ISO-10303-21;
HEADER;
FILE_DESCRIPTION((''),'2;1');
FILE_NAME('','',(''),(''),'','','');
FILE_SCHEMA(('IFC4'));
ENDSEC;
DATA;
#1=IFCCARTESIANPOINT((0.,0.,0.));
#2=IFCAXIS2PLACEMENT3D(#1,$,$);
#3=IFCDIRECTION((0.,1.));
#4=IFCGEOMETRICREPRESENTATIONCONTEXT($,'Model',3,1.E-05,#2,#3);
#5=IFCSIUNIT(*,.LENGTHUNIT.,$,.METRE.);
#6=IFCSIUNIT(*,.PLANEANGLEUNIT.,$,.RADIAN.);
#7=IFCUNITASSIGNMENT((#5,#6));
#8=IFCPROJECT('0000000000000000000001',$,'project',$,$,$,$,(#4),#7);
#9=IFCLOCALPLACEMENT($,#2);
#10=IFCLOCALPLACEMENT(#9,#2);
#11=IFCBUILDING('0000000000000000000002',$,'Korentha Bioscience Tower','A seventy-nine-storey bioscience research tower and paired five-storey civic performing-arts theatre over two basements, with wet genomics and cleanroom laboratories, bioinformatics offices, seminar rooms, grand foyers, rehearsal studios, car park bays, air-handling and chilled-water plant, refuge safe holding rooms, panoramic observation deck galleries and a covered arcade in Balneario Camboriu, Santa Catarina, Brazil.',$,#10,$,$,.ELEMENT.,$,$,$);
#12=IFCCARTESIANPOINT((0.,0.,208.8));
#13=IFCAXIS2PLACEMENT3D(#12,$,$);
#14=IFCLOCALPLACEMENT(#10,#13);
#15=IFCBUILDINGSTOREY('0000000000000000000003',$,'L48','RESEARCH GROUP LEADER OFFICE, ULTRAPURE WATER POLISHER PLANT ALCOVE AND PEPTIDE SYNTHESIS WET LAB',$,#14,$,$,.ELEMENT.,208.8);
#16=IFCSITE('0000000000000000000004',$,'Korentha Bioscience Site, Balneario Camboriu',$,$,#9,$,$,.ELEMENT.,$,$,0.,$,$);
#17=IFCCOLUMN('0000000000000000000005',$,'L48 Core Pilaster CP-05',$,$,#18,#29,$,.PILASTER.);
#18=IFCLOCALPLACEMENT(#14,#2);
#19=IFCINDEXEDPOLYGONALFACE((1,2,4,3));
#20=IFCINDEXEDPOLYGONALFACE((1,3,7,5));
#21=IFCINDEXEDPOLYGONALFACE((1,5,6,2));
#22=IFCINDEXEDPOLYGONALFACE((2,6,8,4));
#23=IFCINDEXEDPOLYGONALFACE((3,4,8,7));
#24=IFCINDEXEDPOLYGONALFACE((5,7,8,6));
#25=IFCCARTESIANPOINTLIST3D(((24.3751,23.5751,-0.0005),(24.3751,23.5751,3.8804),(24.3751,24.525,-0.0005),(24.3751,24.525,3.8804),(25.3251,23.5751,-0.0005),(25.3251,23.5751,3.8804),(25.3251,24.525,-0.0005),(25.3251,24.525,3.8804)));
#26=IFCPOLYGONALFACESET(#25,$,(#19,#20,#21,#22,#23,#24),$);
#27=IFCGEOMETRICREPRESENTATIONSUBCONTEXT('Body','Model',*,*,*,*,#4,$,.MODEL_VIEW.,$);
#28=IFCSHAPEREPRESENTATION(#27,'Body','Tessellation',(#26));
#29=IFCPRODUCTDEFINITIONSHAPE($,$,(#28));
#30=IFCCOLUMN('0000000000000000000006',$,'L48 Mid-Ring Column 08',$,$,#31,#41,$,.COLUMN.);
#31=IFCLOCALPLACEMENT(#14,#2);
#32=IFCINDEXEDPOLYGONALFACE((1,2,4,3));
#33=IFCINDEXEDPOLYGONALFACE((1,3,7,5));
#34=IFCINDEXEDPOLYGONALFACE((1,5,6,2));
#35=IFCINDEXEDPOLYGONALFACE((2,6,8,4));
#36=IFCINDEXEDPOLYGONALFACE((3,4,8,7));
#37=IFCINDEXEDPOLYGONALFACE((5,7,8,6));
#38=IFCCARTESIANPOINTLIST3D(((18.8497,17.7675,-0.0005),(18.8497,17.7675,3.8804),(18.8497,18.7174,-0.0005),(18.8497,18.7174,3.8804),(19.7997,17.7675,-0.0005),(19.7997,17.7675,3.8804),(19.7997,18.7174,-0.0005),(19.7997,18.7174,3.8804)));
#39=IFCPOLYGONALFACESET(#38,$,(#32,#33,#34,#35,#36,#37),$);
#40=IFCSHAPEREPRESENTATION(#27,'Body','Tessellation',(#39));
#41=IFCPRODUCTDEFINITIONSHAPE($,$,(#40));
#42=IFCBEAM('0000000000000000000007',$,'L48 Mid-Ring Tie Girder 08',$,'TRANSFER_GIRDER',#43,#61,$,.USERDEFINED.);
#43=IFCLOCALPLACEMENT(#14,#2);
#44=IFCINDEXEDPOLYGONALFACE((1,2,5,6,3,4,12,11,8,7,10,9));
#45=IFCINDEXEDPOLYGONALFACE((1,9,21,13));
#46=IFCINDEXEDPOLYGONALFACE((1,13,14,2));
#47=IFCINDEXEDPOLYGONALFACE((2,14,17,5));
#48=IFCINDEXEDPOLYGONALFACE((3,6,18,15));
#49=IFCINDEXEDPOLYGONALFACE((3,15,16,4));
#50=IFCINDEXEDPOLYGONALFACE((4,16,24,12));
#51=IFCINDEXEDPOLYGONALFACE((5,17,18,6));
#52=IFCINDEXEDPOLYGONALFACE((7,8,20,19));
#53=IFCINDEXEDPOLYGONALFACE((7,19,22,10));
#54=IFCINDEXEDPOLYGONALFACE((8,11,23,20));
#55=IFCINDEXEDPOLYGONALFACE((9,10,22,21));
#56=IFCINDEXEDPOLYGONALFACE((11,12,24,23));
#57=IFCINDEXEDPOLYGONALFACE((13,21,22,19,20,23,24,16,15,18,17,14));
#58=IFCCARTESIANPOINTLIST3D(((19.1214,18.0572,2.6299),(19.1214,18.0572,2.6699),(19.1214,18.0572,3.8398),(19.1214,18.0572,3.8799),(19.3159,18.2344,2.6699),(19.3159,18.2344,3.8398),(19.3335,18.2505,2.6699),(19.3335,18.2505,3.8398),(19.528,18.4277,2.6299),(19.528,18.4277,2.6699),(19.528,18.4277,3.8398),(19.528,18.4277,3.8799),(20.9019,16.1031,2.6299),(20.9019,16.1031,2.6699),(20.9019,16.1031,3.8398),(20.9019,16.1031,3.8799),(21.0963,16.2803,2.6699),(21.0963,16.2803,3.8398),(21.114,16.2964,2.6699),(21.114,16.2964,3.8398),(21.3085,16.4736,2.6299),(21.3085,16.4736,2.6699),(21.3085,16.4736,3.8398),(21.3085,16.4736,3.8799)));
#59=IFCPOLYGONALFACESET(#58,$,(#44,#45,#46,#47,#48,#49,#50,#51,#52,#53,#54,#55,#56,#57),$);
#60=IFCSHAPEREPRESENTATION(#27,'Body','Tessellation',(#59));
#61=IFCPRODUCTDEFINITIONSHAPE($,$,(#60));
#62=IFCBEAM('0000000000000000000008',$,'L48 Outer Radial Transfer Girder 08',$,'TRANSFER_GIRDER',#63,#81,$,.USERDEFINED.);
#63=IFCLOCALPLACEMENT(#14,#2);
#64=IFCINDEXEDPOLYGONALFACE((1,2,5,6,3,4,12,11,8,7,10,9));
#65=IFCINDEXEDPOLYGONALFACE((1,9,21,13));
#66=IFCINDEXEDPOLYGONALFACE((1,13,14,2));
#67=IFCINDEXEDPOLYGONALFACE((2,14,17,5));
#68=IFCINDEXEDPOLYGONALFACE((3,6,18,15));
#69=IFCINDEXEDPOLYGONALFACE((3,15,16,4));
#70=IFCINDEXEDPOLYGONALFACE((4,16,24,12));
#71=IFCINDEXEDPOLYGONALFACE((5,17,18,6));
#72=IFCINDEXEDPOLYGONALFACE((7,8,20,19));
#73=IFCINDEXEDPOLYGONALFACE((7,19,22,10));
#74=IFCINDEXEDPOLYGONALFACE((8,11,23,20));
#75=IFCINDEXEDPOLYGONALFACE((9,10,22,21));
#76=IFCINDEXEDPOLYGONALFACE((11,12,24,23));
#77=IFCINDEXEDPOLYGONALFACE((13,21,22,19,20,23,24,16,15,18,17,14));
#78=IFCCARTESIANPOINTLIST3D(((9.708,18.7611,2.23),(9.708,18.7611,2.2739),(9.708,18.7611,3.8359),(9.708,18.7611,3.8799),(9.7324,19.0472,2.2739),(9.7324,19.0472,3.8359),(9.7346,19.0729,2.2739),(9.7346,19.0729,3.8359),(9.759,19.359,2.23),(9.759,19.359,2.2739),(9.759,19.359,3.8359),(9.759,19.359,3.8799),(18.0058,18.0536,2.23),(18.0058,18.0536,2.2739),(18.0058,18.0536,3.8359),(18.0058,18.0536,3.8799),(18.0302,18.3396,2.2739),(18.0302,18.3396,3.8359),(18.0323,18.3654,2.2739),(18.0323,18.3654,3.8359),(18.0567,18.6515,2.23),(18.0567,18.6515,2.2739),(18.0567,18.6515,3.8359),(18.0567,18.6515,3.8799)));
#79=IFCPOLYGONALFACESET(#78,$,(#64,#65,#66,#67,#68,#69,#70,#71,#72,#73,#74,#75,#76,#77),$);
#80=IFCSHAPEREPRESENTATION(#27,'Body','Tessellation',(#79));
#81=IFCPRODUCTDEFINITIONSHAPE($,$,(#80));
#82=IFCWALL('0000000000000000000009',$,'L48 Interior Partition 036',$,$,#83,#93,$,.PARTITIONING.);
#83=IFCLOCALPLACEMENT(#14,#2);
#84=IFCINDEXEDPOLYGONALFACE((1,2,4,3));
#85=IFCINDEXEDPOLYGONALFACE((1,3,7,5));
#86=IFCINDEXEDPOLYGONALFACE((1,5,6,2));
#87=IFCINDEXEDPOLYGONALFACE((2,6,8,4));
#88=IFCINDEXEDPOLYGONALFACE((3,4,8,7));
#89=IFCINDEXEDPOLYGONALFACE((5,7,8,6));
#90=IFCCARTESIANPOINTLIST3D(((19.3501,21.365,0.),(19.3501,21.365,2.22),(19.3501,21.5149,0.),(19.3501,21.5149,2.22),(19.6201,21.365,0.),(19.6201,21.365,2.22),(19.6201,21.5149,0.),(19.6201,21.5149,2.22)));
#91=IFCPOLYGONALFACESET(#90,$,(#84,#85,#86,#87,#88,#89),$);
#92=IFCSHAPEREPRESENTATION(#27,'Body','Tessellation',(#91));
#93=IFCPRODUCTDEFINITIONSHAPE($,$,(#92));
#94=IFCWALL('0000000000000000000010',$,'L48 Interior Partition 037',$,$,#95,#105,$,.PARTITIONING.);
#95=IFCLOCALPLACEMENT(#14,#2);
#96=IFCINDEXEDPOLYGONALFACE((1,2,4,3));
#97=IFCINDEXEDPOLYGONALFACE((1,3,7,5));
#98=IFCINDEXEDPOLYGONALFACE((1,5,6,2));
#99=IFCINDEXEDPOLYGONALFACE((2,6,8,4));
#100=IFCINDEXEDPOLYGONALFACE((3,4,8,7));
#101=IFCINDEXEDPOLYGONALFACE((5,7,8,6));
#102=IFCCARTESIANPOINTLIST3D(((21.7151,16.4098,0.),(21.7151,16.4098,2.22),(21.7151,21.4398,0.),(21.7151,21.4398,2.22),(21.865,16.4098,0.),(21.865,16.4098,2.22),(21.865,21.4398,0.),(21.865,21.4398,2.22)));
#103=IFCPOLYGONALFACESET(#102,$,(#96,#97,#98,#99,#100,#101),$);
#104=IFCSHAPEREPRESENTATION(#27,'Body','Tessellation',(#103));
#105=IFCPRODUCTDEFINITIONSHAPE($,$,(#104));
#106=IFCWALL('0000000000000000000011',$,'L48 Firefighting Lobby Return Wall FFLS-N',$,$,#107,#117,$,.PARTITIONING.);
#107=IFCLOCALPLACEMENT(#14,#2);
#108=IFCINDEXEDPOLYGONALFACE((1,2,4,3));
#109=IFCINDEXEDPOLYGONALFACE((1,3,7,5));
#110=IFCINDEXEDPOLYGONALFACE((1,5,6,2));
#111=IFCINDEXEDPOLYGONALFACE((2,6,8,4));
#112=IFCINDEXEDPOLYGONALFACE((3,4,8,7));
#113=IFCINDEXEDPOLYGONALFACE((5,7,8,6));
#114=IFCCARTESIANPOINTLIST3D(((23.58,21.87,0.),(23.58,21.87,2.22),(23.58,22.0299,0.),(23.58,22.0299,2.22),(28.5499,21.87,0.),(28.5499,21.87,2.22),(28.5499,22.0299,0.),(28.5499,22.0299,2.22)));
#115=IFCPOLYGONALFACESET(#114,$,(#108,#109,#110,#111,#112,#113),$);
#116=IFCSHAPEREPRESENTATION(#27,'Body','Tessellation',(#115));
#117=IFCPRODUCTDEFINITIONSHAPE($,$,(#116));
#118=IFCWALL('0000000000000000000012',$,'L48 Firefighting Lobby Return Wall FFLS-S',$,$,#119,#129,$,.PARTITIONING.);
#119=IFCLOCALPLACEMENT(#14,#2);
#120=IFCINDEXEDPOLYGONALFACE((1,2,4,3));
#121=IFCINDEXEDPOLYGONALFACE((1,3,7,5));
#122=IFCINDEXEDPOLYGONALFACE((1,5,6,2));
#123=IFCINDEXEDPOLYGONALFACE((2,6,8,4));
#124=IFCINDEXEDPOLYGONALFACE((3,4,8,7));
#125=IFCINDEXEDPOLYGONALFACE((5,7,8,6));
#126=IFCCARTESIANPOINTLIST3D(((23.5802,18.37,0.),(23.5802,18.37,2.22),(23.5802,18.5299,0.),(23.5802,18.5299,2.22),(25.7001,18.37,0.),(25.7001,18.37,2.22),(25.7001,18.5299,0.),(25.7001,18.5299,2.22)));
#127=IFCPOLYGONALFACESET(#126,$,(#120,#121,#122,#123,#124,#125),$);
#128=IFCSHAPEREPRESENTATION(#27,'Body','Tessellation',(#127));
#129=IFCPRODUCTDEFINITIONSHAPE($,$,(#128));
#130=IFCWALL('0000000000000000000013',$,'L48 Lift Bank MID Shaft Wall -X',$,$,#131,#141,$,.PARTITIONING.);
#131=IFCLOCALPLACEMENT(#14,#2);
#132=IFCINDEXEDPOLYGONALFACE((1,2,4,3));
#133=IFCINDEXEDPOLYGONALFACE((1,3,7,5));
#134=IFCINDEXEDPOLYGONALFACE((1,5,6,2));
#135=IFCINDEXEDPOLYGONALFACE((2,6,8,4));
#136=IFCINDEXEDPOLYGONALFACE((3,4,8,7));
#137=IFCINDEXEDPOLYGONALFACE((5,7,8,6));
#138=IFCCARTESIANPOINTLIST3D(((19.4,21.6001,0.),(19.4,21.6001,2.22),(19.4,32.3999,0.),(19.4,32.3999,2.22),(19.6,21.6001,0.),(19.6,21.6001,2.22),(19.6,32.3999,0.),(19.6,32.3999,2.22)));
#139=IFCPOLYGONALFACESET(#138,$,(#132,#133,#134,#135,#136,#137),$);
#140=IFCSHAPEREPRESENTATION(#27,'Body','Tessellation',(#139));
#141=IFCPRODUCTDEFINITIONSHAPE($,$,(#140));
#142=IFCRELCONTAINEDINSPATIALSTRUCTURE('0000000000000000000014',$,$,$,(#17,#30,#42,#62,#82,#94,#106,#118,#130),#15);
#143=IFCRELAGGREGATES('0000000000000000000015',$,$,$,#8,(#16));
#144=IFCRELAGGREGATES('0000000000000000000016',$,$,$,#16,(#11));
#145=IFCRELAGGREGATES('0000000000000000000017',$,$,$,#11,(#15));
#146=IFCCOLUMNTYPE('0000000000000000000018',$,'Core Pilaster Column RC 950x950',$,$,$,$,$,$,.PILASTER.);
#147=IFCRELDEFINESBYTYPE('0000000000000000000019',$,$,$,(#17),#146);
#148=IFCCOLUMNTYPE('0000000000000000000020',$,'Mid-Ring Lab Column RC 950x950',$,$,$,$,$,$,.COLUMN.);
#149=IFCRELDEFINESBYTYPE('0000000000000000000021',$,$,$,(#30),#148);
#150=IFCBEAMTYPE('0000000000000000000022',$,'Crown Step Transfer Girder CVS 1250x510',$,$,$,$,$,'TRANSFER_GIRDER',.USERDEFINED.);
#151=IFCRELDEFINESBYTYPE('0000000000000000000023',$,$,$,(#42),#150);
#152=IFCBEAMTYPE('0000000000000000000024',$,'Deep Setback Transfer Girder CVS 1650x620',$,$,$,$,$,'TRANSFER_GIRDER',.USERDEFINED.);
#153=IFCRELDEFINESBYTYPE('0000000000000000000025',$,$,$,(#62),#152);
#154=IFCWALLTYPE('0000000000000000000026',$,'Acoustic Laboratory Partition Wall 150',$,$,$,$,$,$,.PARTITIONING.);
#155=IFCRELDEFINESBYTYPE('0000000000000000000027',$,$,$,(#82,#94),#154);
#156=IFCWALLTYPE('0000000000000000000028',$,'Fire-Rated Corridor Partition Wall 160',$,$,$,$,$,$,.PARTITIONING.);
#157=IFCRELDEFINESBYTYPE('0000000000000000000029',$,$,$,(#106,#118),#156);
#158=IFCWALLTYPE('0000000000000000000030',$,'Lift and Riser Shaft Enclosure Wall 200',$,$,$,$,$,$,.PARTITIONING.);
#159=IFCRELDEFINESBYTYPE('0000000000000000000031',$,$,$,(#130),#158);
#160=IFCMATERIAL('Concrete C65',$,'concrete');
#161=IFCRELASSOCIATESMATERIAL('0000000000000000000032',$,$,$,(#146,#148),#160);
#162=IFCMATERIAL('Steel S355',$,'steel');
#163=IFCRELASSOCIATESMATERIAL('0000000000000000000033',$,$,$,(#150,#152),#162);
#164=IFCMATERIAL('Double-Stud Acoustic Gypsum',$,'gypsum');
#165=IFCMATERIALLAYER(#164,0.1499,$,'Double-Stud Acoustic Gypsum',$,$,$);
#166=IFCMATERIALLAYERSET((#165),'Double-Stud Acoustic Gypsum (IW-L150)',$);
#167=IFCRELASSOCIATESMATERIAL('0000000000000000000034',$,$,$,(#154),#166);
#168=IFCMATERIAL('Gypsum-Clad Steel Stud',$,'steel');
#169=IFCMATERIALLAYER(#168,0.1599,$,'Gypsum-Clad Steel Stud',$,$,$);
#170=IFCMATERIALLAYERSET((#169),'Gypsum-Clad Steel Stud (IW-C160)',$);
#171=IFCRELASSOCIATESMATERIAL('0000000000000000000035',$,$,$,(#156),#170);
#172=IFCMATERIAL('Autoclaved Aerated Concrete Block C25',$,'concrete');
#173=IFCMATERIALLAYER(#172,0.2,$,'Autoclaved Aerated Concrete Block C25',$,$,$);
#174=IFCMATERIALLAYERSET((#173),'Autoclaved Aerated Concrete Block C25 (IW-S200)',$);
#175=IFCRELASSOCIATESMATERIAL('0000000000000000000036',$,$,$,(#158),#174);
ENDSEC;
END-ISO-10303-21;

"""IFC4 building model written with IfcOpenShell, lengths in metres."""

from ifc_helpers import new_model, si_unit, direction, frame, frame_2d, origin, origin_2d, place, context, subcontext, project, spatial, rectangle, i_section, extrude, material, layer, layer_set, material_profile, profile_set, type_object, element, save


model = new_model("IFC4")

# Units and contexts
model_context = context("Model", 3, precision=1e-05, world=origin(), true_north=direction((0.0, 1.0)))
body_context = subcontext(model_context, "Body", "Model", "MODEL_VIEW")
ifc_project = project(units=[si_unit("LENGTHUNIT", "METRE"), si_unit("PLANEANGLEUNIT", "RADIAN")], contexts=[model_context])

# Site, building, storey
site_placement = place(None, origin())
site = spatial("IfcSite", under=ifc_project, at=site_placement, Name="Korentha Bioscience Site, Balneario Camboriu", CompositionType="ELEMENT", RefElevation=0.0)
building_placement = place(site_placement, origin())
building = spatial("IfcBuilding", under=site, at=building_placement, Name="Korentha Bioscience Tower", Description="A seventy-nine-storey bioscience research tower and paired five-storey civic performing-arts theatre over two basements, with wet genomics and cleanroom laboratories, bioinformatics offices, seminar rooms, grand foyers, rehearsal studios, car park bays, air-handling and chilled-water plant, refuge safe holding rooms, panoramic observation deck galleries and a covered arcade in Balneario Camboriu, Santa Catarina, Brazil.", CompositionType="ELEMENT")
storey_placement = place(building_placement, frame((0.0, 0.0, 208.8)))
storey = spatial("IfcBuildingStorey", under=building, at=storey_placement, Name="L48", Description="RESEARCH GROUP LEADER OFFICE, ULTRAPURE WATER POLISHER PLANT ALCOVE AND PEPTIDE SYNTHESIS WET LAB", CompositionType="ELEMENT", Elevation=208.8)

# Columns
ifc_material_1 = material(Name="Concrete C65", Category="concrete")
ifc_material_profile_1 = material_profile(ifc_material_1, rectangle(XDim=0.95, YDim=0.95, at=origin_2d()), Name="Concrete C65")
ifc_profile_set_1 = profile_set([ifc_material_profile_1], Name="Concrete C65 (COL-CP09)")
column_type_1 = type_object("IfcColumnType", Name="Core Pilaster Column RC 950x950", PredefinedType="PILASTER", material=ifc_profile_set_1)
column_1_placement = place(storey_placement, frame((24.8501, 24.05, -0.0005), z_axis=(0.0, 0.0, 1.0), x_axis=(1.0, 0.0, 0.0)))
element("IfcColumn", 1, at=column_1_placement, inside=storey, type_object=column_type_1, Name="L48 Core Pilaster CP-05", PredefinedType="PILASTER", context=body_context, shape_type="SweptSolid", body=[
    extrude(rectangle(XDim=0.95, YDim=0.95, at=origin_2d()), origin(), (0.0, 0.0, 1.0), 3.8809),
])
ifc_material_profile_2 = material_profile(ifc_material_1, rectangle(XDim=0.95, YDim=0.95, at=origin_2d()), Name="Concrete C65")
ifc_profile_set_2 = profile_set([ifc_material_profile_2], Name="Concrete C65 (COL-MR09)")
column_type_2 = type_object("IfcColumnType", Name="Mid-Ring Lab Column RC 950x950", PredefinedType="COLUMN", material=ifc_profile_set_2)
column_2_placement = place(storey_placement, frame((19.3247, 18.2424, -0.0005), z_axis=(0.0, 0.0, 1.0), x_axis=(1.0, 0.0, 0.0)))
element("IfcColumn", 2, at=column_2_placement, inside=storey, type_object=column_type_2, Name="L48 Mid-Ring Column 08", PredefinedType="COLUMN", context=body_context, shape_type="SweptSolid", body=[
    extrude(rectangle(XDim=0.95, YDim=0.95, at=origin_2d()), origin(), (0.0, 0.0, 1.0), 3.8809),
])

# Beams
ifc_material_2 = material(Name="Steel S355", Category="steel")
ifc_material_profile_3 = material_profile(ifc_material_2, i_section(OverallWidth=0.55, OverallDepth=1.25, WebThickness=0.0239, FlangeThickness=0.04, at=origin_2d()), Name="Steel S355")
ifc_profile_set_3 = profile_set([ifc_material_profile_3], Name="Steel S355 (TG-03)")
beam_type_1 = type_object("IfcBeamType", Name="Crown Step Transfer Girder CVS 1250x510", ElementType="TRANSFER_GIRDER", PredefinedType="USERDEFINED", material=ifc_profile_set_3)
beam_1_placement = place(storey_placement, frame((19.3247, 18.2424, 3.2549), z_axis=(0.673514, -0.739175, 0.0), x_axis=(0.739175, 0.673514, 0.0)))
element("IfcBeam", 3, at=beam_1_placement, inside=storey, type_object=beam_type_1, Name="L48 Mid-Ring Tie Girder 08", ObjectType="TRANSFER_GIRDER", PredefinedType="USERDEFINED", context=body_context, shape_type="SweptSolid", body=[
    extrude(i_section(OverallWidth=0.55, OverallDepth=1.25, WebThickness=0.0239, FlangeThickness=0.04, at=origin_2d()), origin(), (0.0, 0.0, 1.0), 2.6436),
])
ifc_material_profile_4 = material_profile(ifc_material_2, i_section(OverallWidth=0.6001, OverallDepth=1.6499, WebThickness=0.0259, FlangeThickness=0.0439, at=origin_2d()), Name="Steel S355")
ifc_profile_set_4 = profile_set([ifc_material_profile_4], Name="Steel S355 (TG-04)")
beam_type_2 = type_object("IfcBeamType", Name="Deep Setback Transfer Girder CVS 1650x620", ElementType="TRANSFER_GIRDER", PredefinedType="USERDEFINED", material=ifc_profile_set_4)
beam_2_placement = place(storey_placement, frame((18.0312, 18.3525, 3.0549), z_axis=(-0.996385, 0.084957, 0.0), x_axis=(-0.084957, -0.996385, 0.0)))
element("IfcBeam", 4, at=beam_2_placement, inside=storey, type_object=beam_type_2, Name="L48 Outer Radial Transfer Girder 08", ObjectType="TRANSFER_GIRDER", PredefinedType="USERDEFINED", context=body_context, shape_type="SweptSolid", body=[
    extrude(i_section(OverallWidth=0.6001, OverallDepth=1.6499, WebThickness=0.0259, FlangeThickness=0.0439, at=origin_2d()), origin(), (0.0, 0.0, 1.0), 8.3279),
])

# Walls
ifc_material_3 = material(Name="Double-Stud Acoustic Gypsum", Category="gypsum")
ifc_layer_1 = layer(ifc_material_3, 0.1499, Name="Double-Stud Acoustic Gypsum")
ifc_layer_set_1 = layer_set([ifc_layer_1], Name="Double-Stud Acoustic Gypsum (IW-L150)")
wall_type_1 = type_object("IfcWallType", Name="Acoustic Laboratory Partition Wall 150", PredefinedType="PARTITIONING", material=ifc_layer_set_1)
wall_1_placement = place(storey_placement, frame((19.3501, 21.4399, 0.0), z_axis=(0.0, 0.0, 1.0), x_axis=(1.0, 0.0, 0.0)))
element("IfcWall", 5, at=wall_1_placement, inside=storey, type_object=wall_type_1, Name="L48 Interior Partition 036", PredefinedType="PARTITIONING", context=body_context, shape_type="SweptSolid", body=[
    extrude(rectangle(XDim=0.27, YDim=0.1499, at=frame_2d((0.135, 0.0))), origin(), (0.0, 0.0, 1.0), 2.22),
])
wall_2_placement = place(storey_placement, frame((21.79, 21.4399, 0.0), z_axis=(0.0, 0.0, 1.0), x_axis=(0.0, -1.0, 0.0)))
element("IfcWall", 6, at=wall_2_placement, inside=storey, type_object=wall_type_1, Name="L48 Interior Partition 037", PredefinedType="PARTITIONING", context=body_context, shape_type="SweptSolid", body=[
    extrude(rectangle(XDim=5.03, YDim=0.1499, at=frame_2d((2.5151, 0.0))), origin(), (0.0, 0.0, 1.0), 2.22),
])

# Shared definitions
ifc_material_4 = material(Name="Gypsum-Clad Steel Stud", Category="steel")
ifc_layer_2 = layer(ifc_material_4, 0.1599, Name="Gypsum-Clad Steel Stud")
ifc_layer_set_2 = layer_set([ifc_layer_2], Name="Gypsum-Clad Steel Stud (IW-C160)")
wall_type_2 = type_object("IfcWallType", Name="Fire-Rated Corridor Partition Wall 160", PredefinedType="PARTITIONING", material=ifc_layer_set_2)

# Walls
wall_3_placement = place(storey_placement, frame((23.5801, 21.95, 0.0), z_axis=(0.0, 0.0, 1.0), x_axis=(1.0, 0.0, 0.0)))
element("IfcWall", 7, at=wall_3_placement, inside=storey, type_object=wall_type_2, Name="L48 Firefighting Lobby Return Wall FFLS-N", PredefinedType="PARTITIONING", context=body_context, shape_type="SweptSolid", body=[
    extrude(rectangle(XDim=4.97, YDim=0.1599, at=frame_2d((2.4849, 0.0))), origin(), (0.0, 0.0, 1.0), 2.22),
])
wall_4_placement = place(storey_placement, frame((23.5801, 18.45, 0.0), z_axis=(0.0, 0.0, 1.0), x_axis=(1.0, 0.0, 0.0)))
element("IfcWall", 8, at=wall_4_placement, inside=storey, type_object=wall_type_2, Name="L48 Firefighting Lobby Return Wall FFLS-S", PredefinedType="PARTITIONING", context=body_context, shape_type="SweptSolid", body=[
    extrude(rectangle(XDim=2.1199, YDim=0.1599, at=frame_2d((1.0601, 0.0))), origin(), (0.0, 0.0, 1.0), 2.22),
])
ifc_material_5 = material(Name="Autoclaved Aerated Concrete Block C25", Category="concrete")
ifc_layer_3 = layer(ifc_material_5, 0.2, Name="Autoclaved Aerated Concrete Block C25")
ifc_layer_set_3 = layer_set([ifc_layer_3], Name="Autoclaved Aerated Concrete Block C25 (IW-S200)")
wall_type_3 = type_object("IfcWallType", Name="Lift and Riser Shaft Enclosure Wall 200", PredefinedType="PARTITIONING", material=ifc_layer_set_3)
wall_5_placement = place(storey_placement, frame((19.5, 21.6001, 0.0), z_axis=(0.0, 0.0, 1.0), x_axis=(0.0, 1.0, 0.0)))
element("IfcWall", 9, at=wall_5_placement, inside=storey, type_object=wall_type_3, Name="L48 Lift Bank MID Shaft Wall -X", PredefinedType="PARTITIONING", context=body_context, shape_type="SweptSolid", body=[
    extrude(rectangle(XDim=10.7998, YDim=0.2, at=frame_2d((5.3999, 0.0))), origin(), (0.0, 0.0, 1.0), 2.22),
])

save(model, "model.ifc")
